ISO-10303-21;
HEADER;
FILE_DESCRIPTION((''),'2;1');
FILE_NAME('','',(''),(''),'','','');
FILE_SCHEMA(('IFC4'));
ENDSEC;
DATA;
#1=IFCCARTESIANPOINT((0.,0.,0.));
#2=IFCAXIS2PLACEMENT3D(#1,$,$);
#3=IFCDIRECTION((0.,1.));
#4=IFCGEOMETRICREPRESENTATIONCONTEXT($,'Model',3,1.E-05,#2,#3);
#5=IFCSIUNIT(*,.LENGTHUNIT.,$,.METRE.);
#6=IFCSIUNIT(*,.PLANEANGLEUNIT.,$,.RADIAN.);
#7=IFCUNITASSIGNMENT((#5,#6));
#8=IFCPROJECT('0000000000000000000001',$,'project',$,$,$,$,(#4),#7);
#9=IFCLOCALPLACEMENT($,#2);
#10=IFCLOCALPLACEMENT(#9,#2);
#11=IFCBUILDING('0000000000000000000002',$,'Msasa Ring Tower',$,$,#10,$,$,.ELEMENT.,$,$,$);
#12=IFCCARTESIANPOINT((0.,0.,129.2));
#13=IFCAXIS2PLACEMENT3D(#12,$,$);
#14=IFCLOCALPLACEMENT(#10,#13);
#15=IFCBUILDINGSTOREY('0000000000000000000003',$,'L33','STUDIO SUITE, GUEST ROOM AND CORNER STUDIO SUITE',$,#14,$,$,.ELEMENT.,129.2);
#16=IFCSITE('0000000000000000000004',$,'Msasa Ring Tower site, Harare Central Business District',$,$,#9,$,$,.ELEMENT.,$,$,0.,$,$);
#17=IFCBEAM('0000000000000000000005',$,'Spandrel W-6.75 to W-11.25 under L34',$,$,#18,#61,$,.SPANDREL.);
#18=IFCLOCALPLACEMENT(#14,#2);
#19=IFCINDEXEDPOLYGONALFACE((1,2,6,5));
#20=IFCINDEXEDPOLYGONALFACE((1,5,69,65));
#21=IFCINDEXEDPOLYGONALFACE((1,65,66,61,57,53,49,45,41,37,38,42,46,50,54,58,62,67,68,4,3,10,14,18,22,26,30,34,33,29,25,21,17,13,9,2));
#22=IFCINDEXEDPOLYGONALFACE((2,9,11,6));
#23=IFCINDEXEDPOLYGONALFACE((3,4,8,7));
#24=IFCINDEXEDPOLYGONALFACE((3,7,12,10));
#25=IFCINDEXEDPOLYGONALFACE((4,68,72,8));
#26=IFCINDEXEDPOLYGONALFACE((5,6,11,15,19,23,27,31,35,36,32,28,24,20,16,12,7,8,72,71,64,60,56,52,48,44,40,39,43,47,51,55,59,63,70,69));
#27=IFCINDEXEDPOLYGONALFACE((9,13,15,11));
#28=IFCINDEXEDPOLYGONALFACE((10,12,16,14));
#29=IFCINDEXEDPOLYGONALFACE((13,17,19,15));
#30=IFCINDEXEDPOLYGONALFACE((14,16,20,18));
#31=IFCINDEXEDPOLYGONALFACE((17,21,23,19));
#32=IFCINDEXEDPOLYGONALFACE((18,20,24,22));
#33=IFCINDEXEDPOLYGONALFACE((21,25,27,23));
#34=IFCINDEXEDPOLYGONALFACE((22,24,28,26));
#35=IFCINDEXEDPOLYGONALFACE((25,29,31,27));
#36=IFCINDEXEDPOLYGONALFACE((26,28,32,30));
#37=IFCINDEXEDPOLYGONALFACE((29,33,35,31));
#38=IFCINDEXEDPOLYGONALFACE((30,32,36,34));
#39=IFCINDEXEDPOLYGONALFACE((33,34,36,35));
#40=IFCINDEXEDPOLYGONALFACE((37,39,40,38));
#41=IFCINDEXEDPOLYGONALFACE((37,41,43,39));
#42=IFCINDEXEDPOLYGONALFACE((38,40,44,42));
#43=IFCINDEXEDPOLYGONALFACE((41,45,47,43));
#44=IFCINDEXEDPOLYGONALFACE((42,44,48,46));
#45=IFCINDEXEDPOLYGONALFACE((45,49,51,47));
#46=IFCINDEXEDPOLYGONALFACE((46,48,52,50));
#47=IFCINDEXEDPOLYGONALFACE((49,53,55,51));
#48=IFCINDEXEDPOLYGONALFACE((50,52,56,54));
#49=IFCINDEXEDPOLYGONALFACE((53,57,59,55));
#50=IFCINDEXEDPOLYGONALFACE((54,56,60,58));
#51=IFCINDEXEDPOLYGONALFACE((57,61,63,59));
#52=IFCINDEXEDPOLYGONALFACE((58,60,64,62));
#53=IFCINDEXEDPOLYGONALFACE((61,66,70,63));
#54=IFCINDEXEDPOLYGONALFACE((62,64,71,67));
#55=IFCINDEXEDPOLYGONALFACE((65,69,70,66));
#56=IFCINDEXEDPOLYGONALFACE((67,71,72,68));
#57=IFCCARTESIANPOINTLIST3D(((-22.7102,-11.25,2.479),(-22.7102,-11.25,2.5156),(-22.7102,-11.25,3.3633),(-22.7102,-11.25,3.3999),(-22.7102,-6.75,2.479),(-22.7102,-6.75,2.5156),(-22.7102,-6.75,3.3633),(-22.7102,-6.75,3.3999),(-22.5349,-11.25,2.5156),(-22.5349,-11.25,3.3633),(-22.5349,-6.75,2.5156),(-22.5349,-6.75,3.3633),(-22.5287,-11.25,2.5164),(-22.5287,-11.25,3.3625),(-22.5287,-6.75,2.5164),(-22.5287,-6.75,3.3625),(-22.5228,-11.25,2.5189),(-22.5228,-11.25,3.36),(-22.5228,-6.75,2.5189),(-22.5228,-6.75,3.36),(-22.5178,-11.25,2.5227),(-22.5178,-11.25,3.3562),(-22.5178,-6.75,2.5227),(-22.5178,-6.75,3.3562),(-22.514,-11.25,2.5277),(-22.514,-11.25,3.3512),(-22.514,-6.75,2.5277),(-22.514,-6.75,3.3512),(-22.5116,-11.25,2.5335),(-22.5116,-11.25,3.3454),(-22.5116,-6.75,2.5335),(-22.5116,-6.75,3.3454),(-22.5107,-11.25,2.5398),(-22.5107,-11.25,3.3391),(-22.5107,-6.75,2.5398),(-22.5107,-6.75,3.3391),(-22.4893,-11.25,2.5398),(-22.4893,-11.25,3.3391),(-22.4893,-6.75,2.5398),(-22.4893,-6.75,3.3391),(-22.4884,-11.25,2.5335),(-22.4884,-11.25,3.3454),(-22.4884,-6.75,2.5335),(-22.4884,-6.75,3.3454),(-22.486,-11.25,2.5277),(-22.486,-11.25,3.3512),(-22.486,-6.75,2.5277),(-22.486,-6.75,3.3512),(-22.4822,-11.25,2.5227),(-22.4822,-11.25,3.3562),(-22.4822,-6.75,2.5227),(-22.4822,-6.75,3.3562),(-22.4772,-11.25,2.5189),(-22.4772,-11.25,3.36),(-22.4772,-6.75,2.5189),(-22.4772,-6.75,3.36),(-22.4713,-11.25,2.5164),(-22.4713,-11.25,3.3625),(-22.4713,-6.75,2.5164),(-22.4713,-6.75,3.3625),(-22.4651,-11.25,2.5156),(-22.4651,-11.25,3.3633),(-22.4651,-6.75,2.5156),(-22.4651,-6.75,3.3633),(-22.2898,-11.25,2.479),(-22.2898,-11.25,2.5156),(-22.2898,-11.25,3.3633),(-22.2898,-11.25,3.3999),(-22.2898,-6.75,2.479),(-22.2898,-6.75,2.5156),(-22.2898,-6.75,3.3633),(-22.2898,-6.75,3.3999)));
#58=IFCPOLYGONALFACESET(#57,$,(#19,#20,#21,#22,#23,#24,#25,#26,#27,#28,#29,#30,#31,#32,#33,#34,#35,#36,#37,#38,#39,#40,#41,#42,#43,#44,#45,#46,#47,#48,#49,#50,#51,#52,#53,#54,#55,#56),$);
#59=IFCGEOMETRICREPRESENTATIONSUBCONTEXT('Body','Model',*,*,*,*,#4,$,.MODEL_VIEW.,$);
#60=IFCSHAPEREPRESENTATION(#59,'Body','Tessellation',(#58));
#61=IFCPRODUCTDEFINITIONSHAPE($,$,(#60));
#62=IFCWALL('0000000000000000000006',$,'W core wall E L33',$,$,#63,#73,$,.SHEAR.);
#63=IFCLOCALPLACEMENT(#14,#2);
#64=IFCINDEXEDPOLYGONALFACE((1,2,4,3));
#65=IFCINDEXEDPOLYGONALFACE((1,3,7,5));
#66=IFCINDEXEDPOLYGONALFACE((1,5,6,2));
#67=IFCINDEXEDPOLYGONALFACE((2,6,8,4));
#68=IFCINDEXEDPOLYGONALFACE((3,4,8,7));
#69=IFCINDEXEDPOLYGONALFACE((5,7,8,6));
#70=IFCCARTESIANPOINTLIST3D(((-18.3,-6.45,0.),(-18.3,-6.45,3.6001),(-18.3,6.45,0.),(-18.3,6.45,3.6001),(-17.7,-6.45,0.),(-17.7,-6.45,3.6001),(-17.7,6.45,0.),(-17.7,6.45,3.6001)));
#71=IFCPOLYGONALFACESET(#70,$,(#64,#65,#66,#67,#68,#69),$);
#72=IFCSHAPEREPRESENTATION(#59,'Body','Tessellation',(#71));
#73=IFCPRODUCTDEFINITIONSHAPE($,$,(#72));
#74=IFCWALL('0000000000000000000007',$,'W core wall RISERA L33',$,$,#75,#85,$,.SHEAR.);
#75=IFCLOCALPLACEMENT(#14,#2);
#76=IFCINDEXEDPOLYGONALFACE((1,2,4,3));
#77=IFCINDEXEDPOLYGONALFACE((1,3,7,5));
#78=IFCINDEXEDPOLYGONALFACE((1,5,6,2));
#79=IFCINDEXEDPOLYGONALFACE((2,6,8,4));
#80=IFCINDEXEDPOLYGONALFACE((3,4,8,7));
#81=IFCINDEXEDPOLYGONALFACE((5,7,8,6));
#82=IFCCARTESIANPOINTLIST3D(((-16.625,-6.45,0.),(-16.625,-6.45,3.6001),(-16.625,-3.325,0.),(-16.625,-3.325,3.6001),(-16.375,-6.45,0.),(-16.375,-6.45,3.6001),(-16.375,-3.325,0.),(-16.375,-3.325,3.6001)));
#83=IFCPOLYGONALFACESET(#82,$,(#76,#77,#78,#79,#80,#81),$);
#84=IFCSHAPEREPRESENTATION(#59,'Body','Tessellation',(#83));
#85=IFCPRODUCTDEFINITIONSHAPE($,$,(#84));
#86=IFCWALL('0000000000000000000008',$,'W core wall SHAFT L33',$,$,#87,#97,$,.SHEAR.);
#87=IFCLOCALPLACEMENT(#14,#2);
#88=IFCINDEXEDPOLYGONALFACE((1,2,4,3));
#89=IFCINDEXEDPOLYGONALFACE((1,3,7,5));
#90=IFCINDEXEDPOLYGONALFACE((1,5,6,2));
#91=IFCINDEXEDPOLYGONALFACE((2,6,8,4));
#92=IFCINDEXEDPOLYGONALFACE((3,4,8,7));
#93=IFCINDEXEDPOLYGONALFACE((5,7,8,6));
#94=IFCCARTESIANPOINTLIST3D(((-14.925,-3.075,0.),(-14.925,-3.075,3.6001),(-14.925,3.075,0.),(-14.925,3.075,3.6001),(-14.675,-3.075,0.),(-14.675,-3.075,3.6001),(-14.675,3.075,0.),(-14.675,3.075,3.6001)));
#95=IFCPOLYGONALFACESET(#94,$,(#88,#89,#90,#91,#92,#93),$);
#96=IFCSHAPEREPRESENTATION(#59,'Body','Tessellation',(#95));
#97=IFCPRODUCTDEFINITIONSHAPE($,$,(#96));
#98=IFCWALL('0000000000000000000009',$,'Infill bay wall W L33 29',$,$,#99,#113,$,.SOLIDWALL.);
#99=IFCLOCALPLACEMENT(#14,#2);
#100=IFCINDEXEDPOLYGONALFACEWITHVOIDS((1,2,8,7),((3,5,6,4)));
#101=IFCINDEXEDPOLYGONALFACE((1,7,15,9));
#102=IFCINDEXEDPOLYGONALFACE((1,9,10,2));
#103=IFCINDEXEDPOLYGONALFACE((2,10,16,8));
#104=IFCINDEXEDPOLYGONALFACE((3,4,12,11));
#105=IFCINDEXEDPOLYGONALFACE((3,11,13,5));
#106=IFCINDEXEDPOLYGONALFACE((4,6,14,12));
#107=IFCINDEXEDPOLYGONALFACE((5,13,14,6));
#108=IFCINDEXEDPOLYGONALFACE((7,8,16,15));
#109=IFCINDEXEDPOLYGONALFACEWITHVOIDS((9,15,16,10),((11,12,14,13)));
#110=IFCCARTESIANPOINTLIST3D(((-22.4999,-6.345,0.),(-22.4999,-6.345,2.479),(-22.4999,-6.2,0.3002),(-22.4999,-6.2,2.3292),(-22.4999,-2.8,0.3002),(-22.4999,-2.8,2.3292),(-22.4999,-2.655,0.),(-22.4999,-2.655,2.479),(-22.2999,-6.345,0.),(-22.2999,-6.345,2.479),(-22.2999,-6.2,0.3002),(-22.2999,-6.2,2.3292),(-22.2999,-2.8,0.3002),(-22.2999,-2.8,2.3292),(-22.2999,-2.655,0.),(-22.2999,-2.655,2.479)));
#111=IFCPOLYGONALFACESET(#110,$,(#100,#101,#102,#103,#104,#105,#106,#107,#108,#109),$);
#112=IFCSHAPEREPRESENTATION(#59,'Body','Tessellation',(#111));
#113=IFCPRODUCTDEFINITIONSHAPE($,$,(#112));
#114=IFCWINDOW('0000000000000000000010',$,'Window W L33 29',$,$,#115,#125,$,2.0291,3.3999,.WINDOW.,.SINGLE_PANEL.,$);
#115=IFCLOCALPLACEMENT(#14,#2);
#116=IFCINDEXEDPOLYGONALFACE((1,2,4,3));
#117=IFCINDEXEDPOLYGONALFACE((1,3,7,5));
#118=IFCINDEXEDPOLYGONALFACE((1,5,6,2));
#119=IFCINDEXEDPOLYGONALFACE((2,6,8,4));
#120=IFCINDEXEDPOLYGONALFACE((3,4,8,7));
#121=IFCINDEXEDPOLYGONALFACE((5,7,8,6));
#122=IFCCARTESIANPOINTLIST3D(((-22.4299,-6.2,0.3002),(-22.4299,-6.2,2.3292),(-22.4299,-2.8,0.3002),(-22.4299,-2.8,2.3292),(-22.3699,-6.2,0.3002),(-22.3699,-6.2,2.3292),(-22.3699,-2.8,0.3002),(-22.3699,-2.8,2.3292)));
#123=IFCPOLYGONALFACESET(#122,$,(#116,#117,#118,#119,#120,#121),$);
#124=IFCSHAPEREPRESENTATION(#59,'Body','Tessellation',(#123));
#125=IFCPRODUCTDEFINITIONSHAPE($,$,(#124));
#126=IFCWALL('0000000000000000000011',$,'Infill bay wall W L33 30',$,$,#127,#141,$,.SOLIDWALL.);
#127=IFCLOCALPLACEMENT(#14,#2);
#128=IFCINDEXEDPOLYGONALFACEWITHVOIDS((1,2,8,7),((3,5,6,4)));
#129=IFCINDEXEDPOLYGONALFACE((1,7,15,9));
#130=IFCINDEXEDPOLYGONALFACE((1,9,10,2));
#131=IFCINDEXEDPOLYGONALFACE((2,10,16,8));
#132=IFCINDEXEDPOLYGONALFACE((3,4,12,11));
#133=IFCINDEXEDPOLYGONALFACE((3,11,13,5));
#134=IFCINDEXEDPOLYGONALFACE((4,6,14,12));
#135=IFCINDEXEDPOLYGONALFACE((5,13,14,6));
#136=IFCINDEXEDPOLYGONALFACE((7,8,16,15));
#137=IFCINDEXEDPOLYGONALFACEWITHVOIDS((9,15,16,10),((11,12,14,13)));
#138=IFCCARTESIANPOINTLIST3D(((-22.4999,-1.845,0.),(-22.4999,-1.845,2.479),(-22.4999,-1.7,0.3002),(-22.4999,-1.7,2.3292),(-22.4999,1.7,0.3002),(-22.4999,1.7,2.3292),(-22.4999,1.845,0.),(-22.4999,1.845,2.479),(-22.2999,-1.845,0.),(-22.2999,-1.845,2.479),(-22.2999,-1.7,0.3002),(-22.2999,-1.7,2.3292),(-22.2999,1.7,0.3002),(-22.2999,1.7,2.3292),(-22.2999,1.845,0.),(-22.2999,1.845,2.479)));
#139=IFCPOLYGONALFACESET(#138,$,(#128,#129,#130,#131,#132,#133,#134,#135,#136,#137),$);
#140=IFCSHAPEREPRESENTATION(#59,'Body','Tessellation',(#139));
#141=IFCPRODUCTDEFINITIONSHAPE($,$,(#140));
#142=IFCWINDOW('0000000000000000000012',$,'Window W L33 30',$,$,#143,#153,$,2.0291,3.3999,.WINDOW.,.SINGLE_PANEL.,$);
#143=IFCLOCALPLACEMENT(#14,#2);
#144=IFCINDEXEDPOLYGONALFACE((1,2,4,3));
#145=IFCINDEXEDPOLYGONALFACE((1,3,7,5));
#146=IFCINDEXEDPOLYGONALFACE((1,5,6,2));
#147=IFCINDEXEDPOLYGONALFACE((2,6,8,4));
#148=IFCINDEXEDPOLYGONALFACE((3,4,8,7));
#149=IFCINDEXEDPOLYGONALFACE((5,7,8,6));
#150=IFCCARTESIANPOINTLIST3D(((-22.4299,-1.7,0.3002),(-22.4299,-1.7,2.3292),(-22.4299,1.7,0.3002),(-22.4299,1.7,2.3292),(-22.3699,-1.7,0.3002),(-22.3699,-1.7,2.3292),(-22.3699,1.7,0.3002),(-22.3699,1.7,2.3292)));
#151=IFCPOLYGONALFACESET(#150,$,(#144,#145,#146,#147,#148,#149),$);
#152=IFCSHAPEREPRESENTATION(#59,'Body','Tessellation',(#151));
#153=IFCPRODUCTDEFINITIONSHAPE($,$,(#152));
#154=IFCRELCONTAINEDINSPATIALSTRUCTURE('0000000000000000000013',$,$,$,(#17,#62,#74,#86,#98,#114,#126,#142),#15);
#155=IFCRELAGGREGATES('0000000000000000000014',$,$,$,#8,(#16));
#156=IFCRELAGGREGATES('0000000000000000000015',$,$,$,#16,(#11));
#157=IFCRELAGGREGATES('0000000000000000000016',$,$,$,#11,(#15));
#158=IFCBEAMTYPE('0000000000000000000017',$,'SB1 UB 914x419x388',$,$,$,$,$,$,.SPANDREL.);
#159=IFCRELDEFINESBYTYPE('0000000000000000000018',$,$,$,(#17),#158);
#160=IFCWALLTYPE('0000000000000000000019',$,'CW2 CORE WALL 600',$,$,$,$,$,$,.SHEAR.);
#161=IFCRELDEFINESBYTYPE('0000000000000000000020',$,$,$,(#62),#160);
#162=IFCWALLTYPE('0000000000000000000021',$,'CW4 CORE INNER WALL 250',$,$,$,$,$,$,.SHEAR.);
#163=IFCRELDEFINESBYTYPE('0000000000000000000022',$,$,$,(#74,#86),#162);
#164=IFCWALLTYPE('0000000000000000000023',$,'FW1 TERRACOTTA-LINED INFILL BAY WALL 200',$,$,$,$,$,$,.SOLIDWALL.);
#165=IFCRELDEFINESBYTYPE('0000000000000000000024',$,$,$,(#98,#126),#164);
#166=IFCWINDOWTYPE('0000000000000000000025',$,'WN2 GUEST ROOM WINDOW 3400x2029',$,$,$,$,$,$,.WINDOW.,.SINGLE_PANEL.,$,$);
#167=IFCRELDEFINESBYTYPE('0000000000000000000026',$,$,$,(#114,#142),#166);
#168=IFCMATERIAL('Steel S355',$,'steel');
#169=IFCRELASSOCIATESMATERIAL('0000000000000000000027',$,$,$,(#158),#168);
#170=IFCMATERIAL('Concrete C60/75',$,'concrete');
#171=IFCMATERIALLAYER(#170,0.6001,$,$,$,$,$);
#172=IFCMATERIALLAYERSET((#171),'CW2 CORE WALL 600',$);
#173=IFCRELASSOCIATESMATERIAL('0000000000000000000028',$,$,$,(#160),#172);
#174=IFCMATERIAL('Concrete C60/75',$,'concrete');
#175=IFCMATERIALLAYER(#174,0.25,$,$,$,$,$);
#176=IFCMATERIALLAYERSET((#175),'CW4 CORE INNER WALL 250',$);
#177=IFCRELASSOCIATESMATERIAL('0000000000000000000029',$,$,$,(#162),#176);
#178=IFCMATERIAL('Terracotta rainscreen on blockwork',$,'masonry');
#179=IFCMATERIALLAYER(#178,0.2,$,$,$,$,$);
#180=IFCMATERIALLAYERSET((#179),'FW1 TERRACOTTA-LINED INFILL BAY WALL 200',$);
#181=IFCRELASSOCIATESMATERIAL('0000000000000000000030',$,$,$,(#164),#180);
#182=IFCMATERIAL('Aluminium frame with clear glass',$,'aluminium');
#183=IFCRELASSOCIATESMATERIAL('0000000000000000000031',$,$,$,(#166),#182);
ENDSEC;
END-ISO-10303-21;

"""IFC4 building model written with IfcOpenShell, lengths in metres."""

from ifc_helpers import new_model, si_unit, direction, frame, frame_2d, origin, origin_2d, place, context, subcontext, project, spatial, rectangle, i_section, extrude, material, layer, layer_set, material_profile, profile_set, type_object, element, fill, save


model = new_model("IFC4")

# Units and contexts
model_context = context("Model", 3, precision=1e-05, world=origin(), true_north=direction((0.0, 1.0)))
body_context = subcontext(model_context, "Body", "Model", "MODEL_VIEW")
ifc_project = project(units=[si_unit("LENGTHUNIT", "METRE"), si_unit("PLANEANGLEUNIT", "RADIAN")], contexts=[model_context])

# Site, building, storey
site_placement = place(None, origin())
site = spatial("IfcSite", under=ifc_project, at=site_placement, Name="Msasa Ring Tower site, Harare Central Business District", CompositionType="ELEMENT", RefElevation=0.0)
building_placement = place(site_placement, origin())
building = spatial("IfcBuilding", under=site, at=building_placement, Name="Msasa Ring Tower", CompositionType="ELEMENT")
storey_placement = place(building_placement, frame((0.0, 0.0, 129.2)))
storey = spatial("IfcBuildingStorey", under=building, at=storey_placement, Name="L33", Description="STUDIO SUITE, GUEST ROOM AND CORNER STUDIO SUITE", CompositionType="ELEMENT", Elevation=129.2)

# Beam
ifc_material_1 = material(Name="Steel S355", Category="steel")
ifc_material_profile_1 = material_profile(ifc_material_1, i_section(OverallWidth=0.4204, OverallDepth=0.9209, WebThickness=0.0215, FlangeThickness=0.0366, FilletRadius=0.0242, at=origin_2d()), Name="UB 914x419x388")
ifc_profile_set_1 = profile_set([ifc_material_profile_1], Name="Steel S355")
beam_type_1 = type_object("IfcBeamType", Name="SB1 UB 914x419x388", PredefinedType="SPANDREL", material=ifc_profile_set_1)
for number, where, z_axis, x_axis, name in (
    (1, (-22.5, -6.75, 2.9395), (0.0, -1.0, 0.0), (1.0, 0.0, 0.0), "Spandrel W-6.75 to W-11.25 under L34"),
):
    element("IfcBeam", number, at=place(storey_placement, frame(where, z_axis=z_axis, x_axis=x_axis)), inside=storey, type_object=beam_type_1, Name=name, PredefinedType="SPANDREL", context=body_context, shape_type="SweptSolid", body=[
        extrude(i_section(OverallWidth=0.4204, OverallDepth=0.9209, WebThickness=0.0215, FlangeThickness=0.0366, FilletRadius=0.0242, at=origin_2d()), origin(), (0.0, 0.0, 1.0), 4.5),
    ])

# Walls
ifc_material_2 = material(Name="Concrete C60/75", Category="concrete")
ifc_layer_1 = layer(ifc_material_2, 0.6001)
ifc_layer_set_1 = layer_set([ifc_layer_1], Name="CW2 CORE WALL 600")
wall_type_1 = type_object("IfcWallType", Name="CW2 CORE WALL 600", PredefinedType="SHEAR", material=ifc_layer_set_1)
wall_1_placement = place(storey_placement, frame((-18.0, -6.45, 0.0), z_axis=(0.0, 0.0, 1.0), x_axis=(0.0, 1.0, 0.0)))
element("IfcWall", 2, at=wall_1_placement, inside=storey, type_object=wall_type_1, Name="W core wall E L33", PredefinedType="SHEAR", context=body_context, shape_type="SweptSolid", body=[
    extrude(rectangle(XDim=12.8999, YDim=0.6001, at=frame_2d((6.45, 0.0))), origin(), (0.0, 0.0, 1.0), 3.6001),
])
ifc_material_3 = material(Name="Concrete C60/75", Category="concrete")
ifc_layer_2 = layer(ifc_material_3, 0.25)
ifc_layer_set_2 = layer_set([ifc_layer_2], Name="CW4 CORE INNER WALL 250")
wall_type_2 = type_object("IfcWallType", Name="CW4 CORE INNER WALL 250", PredefinedType="SHEAR", material=ifc_layer_set_2)
wall_2_placement = place(storey_placement, frame((-16.5, -6.45, 0.0), z_axis=(0.0, 0.0, 1.0), x_axis=(0.0, 1.0, 0.0)))
element("IfcWall", 3, at=wall_2_placement, inside=storey, type_object=wall_type_2, Name="W core wall RISERA L33", PredefinedType="SHEAR", context=body_context, shape_type="SweptSolid", body=[
    extrude(rectangle(XDim=3.125, YDim=0.25, at=frame_2d((1.5625, 0.0))), origin(), (0.0, 0.0, 1.0), 3.6001),
])
wall_3_placement = place(storey_placement, frame((-14.8, -3.075, 0.0), z_axis=(0.0, 0.0, 1.0), x_axis=(0.0, 1.0, 0.0)))
element("IfcWall", 4, at=wall_3_placement, inside=storey, type_object=wall_type_2, Name="W core wall SHAFT L33", PredefinedType="SHEAR", context=body_context, shape_type="SweptSolid", body=[
    extrude(rectangle(XDim=6.1499, YDim=0.25, at=frame_2d((3.075, 0.0))), origin(), (0.0, 0.0, 1.0), 3.6001),
])

# Walls, openings, windows
ifc_material_4 = material(Name="Terracotta rainscreen on blockwork", Category="masonry")
ifc_layer_3 = layer(ifc_material_4, 0.2)
ifc_layer_set_3 = layer_set([ifc_layer_3], Name="FW1 TERRACOTTA-LINED INFILL BAY WALL 200")
wall_type_3 = type_object("IfcWallType", Name="FW1 TERRACOTTA-LINED INFILL BAY WALL 200", PredefinedType="SOLIDWALL", material=ifc_layer_set_3)
wall_4_placement = place(storey_placement, frame((-22.3999, -6.345, 0.0), z_axis=(0.0, 0.0, 1.0), x_axis=(0.0, 1.0, 0.0)))
wall_4 = element("IfcWall", 5, at=wall_4_placement, inside=storey, type_object=wall_type_3, Name="Infill bay wall W L33 29", PredefinedType="SOLIDWALL", context=body_context, shape_type="SweptSolid", body=[
    extrude(rectangle(XDim=3.6899, YDim=0.2, at=frame_2d((1.845, 0.0))), origin(), (0.0, 0.0, 1.0), 2.479),
])
opening_1_placement = place(wall_4_placement, frame((0.145, 0.0, 0.3)))
opening_1 = element("IfcOpeningElement", 6, at=opening_1_placement, cuts=wall_4, PredefinedType="OPENING", context=body_context, shape_type="SweptSolid", body=[
    extrude(rectangle(XDim=3.3999, YDim=2.0291, at=frame_2d((1.7, 1.0146))), frame((0.0, 0.1099, 0.0), z_axis=(0.0, -1.0, 0.0), x_axis=(1.0, 0.0, 0.0)), (0.0, 0.0, 1.0), 0.22),
])
ifc_material_5 = material(Name="Aluminium frame with clear glass", Category="aluminium")
window_type = type_object("IfcWindowType", Name="WN2 GUEST ROOM WINDOW 3400x2029", PartitioningType="SINGLE_PANEL", PredefinedType="WINDOW", material=ifc_material_5)
window_1_placement = place(opening_1_placement, origin())
window_1 = element("IfcWindow", 7, at=window_1_placement, inside=storey, type_object=window_type, Name="Window W L33 29", OverallHeight=2.0291, OverallWidth=3.3999, PartitioningType="SINGLE_PANEL", PredefinedType="WINDOW", context=body_context, shape_type="SweptSolid", body=[
    extrude(rectangle(XDim=3.3999, YDim=2.0291, at=frame_2d((1.7, 1.0146))), frame((0.0, 0.03, 0.0), z_axis=(0.0, -1.0, 0.0), x_axis=(1.0, 0.0, 0.0)), (0.0, 0.0, 1.0), 0.0601),
])
fill(opening_1, window_1)
wall_5_placement = place(storey_placement, frame((-22.3999, -1.845, 0.0), z_axis=(0.0, 0.0, 1.0), x_axis=(0.0, 1.0, 0.0)))
wall_5 = element("IfcWall", 8, at=wall_5_placement, inside=storey, type_object=wall_type_3, Name="Infill bay wall W L33 30", PredefinedType="SOLIDWALL", context=body_context, shape_type="SweptSolid", body=[
    extrude(rectangle(XDim=3.6899, YDim=0.2, at=frame_2d((1.845, 0.0))), origin(), (0.0, 0.0, 1.0), 2.479),
])
opening_2_placement = place(wall_5_placement, frame((0.145, 0.0, 0.3)))
opening_2 = element("IfcOpeningElement", 9, at=opening_2_placement, cuts=wall_5, PredefinedType="OPENING", context=body_context, shape_type="SweptSolid", body=[
    extrude(rectangle(XDim=3.3999, YDim=2.0291, at=frame_2d((1.7, 1.0146))), frame((0.0, 0.1099, 0.0), z_axis=(0.0, -1.0, 0.0), x_axis=(1.0, 0.0, 0.0)), (0.0, 0.0, 1.0), 0.22),
])
window_2_placement = place(opening_2_placement, origin())
window_2 = element("IfcWindow", 10, at=window_2_placement, inside=storey, type_object=window_type, Name="Window W L33 30", OverallHeight=2.0291, OverallWidth=3.3999, PartitioningType="SINGLE_PANEL", PredefinedType="WINDOW", context=body_context, shape_type="SweptSolid", body=[
    extrude(rectangle(XDim=3.3999, YDim=2.0291, at=frame_2d((1.7, 1.0146))), frame((0.0, 0.03, 0.0), z_axis=(0.0, -1.0, 0.0), x_axis=(1.0, 0.0, 0.0)), (0.0, 0.0, 1.0), 0.0601),
])
fill(opening_2, window_2)

save(model, "model.ifc")
